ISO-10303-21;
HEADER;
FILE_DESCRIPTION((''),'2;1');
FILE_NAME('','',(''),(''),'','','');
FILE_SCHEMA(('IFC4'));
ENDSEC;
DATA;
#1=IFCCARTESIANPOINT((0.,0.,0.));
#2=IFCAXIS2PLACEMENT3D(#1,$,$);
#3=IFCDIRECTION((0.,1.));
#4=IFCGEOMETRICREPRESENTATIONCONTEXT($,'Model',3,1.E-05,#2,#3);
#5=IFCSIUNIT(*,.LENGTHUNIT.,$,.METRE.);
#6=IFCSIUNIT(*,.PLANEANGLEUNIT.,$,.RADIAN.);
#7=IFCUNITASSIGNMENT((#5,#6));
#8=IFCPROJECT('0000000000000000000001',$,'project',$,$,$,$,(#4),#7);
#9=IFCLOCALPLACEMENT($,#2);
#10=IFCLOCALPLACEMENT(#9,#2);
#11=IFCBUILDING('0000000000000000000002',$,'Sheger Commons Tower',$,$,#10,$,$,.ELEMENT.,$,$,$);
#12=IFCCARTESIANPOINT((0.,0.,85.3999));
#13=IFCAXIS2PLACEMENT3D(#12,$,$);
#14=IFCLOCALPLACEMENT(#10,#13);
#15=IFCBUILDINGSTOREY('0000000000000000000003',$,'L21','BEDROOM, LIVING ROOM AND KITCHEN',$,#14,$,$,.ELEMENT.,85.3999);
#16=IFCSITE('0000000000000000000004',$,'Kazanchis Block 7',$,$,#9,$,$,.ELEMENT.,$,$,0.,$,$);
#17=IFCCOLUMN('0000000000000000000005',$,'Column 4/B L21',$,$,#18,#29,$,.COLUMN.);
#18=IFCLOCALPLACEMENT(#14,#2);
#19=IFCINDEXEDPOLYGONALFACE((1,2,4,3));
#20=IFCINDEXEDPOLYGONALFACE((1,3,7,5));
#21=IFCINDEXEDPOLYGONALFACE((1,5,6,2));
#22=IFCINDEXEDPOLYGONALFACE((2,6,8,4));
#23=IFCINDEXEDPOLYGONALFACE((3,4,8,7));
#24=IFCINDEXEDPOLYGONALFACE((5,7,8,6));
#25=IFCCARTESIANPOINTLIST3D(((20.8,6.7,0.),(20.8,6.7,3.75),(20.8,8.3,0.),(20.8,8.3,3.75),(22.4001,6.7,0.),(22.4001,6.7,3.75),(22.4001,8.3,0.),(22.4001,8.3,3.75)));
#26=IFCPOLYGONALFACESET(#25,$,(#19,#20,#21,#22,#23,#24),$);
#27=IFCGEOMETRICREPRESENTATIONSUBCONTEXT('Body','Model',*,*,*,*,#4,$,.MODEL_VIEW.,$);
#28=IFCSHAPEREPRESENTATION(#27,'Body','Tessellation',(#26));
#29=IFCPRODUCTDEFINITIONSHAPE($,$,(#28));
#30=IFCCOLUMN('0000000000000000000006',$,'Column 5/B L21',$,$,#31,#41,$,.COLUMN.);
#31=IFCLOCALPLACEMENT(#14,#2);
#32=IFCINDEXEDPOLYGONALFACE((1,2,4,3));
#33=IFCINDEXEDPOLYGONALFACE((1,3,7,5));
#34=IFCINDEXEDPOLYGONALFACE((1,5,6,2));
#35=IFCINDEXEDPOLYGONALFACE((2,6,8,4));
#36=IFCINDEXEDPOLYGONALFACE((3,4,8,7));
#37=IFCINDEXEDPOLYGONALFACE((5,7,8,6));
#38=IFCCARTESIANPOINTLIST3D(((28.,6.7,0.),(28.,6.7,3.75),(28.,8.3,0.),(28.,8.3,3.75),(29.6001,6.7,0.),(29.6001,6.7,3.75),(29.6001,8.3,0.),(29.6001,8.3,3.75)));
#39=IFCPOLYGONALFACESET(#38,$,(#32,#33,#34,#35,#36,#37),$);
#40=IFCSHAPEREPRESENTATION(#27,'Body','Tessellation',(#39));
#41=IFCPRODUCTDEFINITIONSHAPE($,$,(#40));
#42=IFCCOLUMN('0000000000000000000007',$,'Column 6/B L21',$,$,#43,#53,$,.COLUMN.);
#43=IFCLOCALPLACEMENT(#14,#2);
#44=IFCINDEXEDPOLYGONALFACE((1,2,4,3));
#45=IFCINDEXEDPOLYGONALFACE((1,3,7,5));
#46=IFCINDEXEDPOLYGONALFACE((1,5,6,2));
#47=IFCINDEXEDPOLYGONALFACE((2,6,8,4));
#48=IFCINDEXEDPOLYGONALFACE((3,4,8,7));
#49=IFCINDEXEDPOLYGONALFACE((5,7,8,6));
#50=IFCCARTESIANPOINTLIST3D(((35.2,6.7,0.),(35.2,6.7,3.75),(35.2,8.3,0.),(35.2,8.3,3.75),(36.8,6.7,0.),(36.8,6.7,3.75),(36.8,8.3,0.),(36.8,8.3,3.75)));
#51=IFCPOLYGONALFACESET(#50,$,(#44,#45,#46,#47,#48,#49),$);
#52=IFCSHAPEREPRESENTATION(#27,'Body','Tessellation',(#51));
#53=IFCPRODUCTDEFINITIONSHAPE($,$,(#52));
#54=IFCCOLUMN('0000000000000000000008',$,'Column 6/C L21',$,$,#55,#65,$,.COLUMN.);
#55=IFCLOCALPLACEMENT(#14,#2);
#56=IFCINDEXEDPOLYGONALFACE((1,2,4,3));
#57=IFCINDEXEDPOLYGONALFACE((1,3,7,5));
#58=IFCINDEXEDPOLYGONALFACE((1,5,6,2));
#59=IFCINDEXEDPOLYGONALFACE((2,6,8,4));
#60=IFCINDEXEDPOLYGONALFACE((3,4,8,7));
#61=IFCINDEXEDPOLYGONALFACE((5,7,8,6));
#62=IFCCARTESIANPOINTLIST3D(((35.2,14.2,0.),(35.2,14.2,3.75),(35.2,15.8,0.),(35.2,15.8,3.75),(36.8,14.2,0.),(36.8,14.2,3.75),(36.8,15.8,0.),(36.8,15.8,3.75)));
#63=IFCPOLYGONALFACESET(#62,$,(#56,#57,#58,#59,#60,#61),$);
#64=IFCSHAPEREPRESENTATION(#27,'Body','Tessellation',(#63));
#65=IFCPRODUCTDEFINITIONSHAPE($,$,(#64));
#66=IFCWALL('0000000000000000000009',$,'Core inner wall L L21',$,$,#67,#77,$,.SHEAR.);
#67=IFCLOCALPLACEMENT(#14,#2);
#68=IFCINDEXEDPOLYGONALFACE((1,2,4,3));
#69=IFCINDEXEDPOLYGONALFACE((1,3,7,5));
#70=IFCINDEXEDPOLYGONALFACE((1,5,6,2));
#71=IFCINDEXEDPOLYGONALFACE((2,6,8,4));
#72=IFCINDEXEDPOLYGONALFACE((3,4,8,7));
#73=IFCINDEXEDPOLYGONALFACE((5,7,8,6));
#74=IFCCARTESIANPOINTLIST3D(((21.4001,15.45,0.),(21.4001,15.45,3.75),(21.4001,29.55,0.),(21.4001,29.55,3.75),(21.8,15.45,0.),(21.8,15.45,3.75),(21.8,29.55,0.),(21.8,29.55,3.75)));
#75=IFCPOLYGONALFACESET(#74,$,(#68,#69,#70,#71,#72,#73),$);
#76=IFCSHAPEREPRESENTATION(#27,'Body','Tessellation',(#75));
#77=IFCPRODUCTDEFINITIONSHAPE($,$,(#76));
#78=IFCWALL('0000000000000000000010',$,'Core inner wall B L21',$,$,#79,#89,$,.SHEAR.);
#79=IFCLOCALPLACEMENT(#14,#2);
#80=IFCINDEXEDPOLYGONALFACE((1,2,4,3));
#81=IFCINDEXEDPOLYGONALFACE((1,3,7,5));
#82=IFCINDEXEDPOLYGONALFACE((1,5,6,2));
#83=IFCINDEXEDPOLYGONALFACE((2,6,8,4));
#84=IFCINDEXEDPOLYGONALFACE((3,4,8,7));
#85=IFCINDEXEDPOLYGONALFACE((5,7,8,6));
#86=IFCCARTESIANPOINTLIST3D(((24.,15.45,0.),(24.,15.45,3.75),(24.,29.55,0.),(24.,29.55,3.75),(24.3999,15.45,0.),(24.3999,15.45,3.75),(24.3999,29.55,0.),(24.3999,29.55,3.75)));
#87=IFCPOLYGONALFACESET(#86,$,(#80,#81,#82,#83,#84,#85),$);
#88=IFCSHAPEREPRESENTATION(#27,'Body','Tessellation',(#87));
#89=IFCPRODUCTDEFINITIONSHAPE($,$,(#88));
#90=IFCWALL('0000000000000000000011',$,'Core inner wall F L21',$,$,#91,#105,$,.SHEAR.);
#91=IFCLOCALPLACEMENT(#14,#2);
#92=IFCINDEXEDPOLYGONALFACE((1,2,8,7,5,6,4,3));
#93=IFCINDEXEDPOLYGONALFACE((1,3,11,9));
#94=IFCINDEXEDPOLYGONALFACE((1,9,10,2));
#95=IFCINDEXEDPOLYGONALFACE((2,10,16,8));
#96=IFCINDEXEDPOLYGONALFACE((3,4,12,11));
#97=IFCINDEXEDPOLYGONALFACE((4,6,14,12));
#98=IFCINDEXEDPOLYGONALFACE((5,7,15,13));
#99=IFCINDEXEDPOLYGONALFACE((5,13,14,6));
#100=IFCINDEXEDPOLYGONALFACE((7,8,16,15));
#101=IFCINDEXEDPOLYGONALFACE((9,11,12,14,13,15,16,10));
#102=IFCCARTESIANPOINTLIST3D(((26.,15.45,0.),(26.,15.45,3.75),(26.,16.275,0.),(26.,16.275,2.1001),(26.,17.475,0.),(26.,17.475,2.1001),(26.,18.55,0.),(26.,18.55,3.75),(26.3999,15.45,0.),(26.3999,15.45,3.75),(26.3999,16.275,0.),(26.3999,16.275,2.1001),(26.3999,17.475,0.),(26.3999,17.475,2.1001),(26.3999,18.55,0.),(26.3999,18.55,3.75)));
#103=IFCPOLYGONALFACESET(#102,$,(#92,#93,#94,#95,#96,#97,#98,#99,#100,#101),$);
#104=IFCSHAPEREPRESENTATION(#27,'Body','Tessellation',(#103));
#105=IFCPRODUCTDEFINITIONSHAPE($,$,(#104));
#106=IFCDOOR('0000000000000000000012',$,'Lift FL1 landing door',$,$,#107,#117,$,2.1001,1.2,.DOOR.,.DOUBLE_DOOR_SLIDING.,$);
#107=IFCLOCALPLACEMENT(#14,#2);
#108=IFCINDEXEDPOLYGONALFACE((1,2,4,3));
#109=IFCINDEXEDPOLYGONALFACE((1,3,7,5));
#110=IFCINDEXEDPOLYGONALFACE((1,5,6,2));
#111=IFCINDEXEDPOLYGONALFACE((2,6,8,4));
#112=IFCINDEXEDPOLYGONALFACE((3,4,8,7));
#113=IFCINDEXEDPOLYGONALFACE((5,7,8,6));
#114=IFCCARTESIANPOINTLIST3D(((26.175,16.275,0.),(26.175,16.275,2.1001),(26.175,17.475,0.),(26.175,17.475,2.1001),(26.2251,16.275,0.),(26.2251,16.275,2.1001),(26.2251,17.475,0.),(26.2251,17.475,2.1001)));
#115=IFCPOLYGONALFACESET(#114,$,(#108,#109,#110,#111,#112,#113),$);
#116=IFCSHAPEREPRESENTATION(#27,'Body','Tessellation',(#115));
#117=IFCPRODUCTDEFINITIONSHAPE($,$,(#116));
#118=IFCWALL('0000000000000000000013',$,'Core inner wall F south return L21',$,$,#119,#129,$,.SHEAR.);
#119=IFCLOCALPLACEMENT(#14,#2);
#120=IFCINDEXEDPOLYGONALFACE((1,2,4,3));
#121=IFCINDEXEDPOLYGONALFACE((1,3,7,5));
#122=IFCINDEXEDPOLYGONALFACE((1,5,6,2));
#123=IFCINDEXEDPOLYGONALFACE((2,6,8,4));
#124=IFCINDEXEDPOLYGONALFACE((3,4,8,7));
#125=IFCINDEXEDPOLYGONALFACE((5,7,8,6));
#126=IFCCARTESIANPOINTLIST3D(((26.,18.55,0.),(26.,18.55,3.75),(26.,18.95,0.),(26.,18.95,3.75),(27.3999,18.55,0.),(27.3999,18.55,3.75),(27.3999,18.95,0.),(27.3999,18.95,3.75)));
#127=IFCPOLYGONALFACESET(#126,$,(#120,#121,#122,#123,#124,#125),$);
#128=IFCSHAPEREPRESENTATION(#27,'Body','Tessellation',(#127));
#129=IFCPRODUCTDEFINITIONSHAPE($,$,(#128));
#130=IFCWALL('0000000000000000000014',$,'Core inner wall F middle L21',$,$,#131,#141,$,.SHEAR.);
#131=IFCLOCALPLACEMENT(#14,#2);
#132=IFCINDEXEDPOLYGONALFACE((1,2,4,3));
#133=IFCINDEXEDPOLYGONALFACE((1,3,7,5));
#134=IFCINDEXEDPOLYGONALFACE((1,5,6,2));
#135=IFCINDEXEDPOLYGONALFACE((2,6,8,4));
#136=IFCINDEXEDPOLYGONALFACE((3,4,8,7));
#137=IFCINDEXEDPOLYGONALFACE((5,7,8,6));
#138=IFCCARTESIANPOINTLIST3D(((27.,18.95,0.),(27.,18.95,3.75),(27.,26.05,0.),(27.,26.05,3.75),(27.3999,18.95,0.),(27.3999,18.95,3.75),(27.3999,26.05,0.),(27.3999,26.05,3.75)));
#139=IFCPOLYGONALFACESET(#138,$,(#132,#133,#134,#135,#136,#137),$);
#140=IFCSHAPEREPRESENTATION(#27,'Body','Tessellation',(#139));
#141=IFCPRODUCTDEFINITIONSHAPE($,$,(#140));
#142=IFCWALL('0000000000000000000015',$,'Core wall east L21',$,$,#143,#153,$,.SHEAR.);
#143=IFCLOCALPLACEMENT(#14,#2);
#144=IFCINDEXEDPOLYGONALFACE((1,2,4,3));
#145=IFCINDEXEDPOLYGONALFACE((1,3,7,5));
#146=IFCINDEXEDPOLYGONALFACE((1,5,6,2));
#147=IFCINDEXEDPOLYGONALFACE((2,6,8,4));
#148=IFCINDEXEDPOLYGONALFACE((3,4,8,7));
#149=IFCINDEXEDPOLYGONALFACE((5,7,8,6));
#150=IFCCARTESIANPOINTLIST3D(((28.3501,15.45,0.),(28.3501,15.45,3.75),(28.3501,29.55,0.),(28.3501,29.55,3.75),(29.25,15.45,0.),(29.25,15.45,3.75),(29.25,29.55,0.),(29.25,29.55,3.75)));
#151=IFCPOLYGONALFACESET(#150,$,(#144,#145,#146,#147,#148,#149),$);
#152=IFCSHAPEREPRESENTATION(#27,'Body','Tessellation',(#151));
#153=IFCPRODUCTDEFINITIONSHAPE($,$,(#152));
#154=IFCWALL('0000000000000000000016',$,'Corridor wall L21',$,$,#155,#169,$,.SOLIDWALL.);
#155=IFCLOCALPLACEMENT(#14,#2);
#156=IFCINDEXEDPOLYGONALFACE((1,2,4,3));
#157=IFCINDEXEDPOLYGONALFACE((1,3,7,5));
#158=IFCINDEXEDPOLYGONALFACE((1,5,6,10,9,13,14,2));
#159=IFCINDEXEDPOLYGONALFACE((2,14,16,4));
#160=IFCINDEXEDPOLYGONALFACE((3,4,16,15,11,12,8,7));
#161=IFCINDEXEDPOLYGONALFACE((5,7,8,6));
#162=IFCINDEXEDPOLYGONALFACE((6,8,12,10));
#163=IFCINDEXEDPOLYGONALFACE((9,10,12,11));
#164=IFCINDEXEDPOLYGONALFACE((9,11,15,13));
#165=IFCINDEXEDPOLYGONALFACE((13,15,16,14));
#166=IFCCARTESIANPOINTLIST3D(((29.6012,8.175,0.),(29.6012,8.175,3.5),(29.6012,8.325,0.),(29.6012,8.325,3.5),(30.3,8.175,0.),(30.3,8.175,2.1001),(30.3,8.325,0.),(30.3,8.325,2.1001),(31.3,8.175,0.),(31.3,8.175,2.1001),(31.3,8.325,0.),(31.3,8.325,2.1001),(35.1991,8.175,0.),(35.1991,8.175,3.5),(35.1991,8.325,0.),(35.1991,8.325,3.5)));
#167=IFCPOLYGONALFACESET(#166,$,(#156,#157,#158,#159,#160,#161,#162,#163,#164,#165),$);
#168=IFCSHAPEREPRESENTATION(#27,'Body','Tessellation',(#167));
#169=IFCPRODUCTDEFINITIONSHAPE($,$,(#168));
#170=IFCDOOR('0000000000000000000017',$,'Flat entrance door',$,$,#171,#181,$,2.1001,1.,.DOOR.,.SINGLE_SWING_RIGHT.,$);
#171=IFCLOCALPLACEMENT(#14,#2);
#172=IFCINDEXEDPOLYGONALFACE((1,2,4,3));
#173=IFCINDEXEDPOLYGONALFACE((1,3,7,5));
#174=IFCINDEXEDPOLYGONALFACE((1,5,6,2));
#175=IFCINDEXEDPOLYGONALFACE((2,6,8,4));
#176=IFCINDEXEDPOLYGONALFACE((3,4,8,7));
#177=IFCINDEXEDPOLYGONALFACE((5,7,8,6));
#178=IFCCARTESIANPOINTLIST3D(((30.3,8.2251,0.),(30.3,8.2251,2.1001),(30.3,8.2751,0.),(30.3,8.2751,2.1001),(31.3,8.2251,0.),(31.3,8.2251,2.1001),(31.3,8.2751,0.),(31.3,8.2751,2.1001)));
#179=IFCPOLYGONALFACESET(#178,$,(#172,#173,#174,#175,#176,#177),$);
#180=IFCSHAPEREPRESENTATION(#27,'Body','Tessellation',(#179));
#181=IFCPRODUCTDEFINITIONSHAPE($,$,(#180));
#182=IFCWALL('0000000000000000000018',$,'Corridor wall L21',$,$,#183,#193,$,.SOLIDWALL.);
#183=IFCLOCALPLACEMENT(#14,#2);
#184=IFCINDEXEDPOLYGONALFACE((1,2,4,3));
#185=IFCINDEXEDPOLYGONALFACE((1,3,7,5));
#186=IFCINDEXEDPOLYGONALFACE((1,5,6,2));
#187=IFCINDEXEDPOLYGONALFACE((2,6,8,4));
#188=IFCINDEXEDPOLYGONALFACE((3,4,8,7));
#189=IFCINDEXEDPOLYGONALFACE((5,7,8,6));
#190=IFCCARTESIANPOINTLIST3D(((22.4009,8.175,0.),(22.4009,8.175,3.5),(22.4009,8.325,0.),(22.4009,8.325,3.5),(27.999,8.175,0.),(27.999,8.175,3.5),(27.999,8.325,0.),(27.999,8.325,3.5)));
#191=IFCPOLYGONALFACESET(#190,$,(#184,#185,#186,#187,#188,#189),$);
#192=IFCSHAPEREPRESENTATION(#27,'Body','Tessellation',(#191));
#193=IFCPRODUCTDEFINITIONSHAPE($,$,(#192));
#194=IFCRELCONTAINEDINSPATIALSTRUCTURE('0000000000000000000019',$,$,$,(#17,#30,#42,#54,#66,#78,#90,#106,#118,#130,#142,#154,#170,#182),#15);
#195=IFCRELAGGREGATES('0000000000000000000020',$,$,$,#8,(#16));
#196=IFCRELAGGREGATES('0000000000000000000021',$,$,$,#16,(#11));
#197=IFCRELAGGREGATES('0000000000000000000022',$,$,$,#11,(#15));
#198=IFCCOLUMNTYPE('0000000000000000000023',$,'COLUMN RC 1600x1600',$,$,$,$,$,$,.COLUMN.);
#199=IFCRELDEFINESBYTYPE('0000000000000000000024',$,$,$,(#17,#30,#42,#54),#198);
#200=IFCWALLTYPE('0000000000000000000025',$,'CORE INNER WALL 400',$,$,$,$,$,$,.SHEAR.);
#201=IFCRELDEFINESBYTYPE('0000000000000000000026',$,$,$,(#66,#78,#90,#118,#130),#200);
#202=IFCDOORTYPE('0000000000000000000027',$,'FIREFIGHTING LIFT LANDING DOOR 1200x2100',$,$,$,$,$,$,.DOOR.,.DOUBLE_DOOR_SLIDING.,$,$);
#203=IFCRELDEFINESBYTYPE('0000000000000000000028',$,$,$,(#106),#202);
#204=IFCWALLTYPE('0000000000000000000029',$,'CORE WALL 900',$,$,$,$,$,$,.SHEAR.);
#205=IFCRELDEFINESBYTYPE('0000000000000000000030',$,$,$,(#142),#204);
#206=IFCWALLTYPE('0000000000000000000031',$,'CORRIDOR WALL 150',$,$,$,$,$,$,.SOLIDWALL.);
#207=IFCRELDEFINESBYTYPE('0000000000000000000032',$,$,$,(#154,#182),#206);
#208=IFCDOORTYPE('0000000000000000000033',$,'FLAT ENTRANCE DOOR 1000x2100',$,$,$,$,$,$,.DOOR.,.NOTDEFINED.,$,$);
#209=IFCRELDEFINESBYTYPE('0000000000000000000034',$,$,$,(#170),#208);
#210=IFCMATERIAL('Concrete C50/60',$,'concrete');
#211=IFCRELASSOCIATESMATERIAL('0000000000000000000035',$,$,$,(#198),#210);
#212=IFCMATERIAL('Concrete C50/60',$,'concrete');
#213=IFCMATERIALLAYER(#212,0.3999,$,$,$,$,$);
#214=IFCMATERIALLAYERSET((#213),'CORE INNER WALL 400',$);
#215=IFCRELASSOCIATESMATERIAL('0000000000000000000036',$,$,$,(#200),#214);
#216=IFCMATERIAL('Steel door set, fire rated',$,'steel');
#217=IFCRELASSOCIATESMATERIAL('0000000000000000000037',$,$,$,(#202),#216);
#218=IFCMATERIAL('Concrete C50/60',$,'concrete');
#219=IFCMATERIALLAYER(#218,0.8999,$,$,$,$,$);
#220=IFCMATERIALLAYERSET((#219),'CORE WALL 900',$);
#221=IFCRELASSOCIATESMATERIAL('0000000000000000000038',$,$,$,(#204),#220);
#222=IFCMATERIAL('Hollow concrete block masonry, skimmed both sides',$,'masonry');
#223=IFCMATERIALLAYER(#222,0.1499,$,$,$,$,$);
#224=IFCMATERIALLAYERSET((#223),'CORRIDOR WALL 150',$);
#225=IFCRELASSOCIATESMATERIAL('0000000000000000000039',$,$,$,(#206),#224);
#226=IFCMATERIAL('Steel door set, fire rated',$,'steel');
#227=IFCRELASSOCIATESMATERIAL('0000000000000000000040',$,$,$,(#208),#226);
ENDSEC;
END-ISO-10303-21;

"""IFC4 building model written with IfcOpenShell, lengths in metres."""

from ifc_helpers import new_model, si_unit, direction, frame, frame_2d, origin, origin_2d, place, context, subcontext, project, spatial, rectangle, extrude, material, layer, layer_set, material_profile, profile_set, type_object, element, fill, save


model = new_model("IFC4")

# Units and contexts
model_context = context("Model", 3, precision=1e-05, world=origin(), true_north=direction((0.0, 1.0)))
body_context = subcontext(model_context, "Body", "Model", "MODEL_VIEW")
ifc_project = project(units=[si_unit("LENGTHUNIT", "METRE"), si_unit("PLANEANGLEUNIT", "RADIAN")], contexts=[model_context])

# Site, building, storey
site_placement = place(None, origin())
site = spatial("IfcSite", under=ifc_project, at=site_placement, Name="Kazanchis Block 7", CompositionType="ELEMENT", RefElevation=0.0)
building_placement = place(site_placement, origin())
building = spatial("IfcBuilding", under=site, at=building_placement, Name="Sheger Commons Tower", CompositionType="ELEMENT")
storey_placement = place(building_placement, frame((0.0, 0.0, 85.3999)))
storey = spatial("IfcBuildingStorey", under=building, at=storey_placement, Name="L21", Description="BEDROOM, LIVING ROOM AND KITCHEN", CompositionType="ELEMENT", Elevation=85.3999)

# Columns
ifc_material_1 = material(Name="Concrete C50/60", Category="concrete")
ifc_material_profile = material_profile(ifc_material_1, rectangle(XDim=1.6001, YDim=1.6001, at=origin_2d()), Name="RC 1600x1600")
ifc_profile_set = profile_set([ifc_material_profile], Name="Concrete C50/60")
column_type = type_object("IfcColumnType", Name="COLUMN RC 1600x1600", PredefinedType="COLUMN", material=ifc_profile_set)
for number, where, z_axis, x_axis, name in (
    (1, (21.6001, 7.5, 0.0), (0.0, 0.0, 1.0), (1.0, 0.0, 0.0), "Column 4/B L21"),
    (2, (28.8, 7.5, 0.0), (0.0, 0.0, 1.0), (1.0, 0.0, 0.0), "Column 5/B L21"),
    (3, (36.0, 7.5, 0.0), (0.0, 0.0, 1.0), (1.0, 0.0, 0.0), "Column 6/B L21"),
    (4, (36.0, 15.0, 0.0), (0.0, 0.0, 1.0), (1.0, 0.0, 0.0), "Column 6/C L21"),
):
    element("IfcColumn", number, at=place(storey_placement, frame(where, z_axis=z_axis, x_axis=x_axis)), inside=storey, type_object=column_type, Name=name, PredefinedType="COLUMN", context=body_context, shape_type="SweptSolid", body=[
        extrude(rectangle(XDim=1.6001, YDim=1.6001, at=origin_2d()), origin(), (0.0, 0.0, 1.0), 3.75),
    ])

# Walls
ifc_material_2 = material(Name="Concrete C50/60", Category="concrete")
ifc_layer_1 = layer(ifc_material_2, 0.3999)
ifc_layer_set_1 = layer_set([ifc_layer_1], Name="CORE INNER WALL 400")
wall_type_1 = type_object("IfcWallType", Name="CORE INNER WALL 400", PredefinedType="SHEAR", material=ifc_layer_set_1)
for number, where, z_axis, x_axis, name in (
    (5, (21.6001, 15.45, 0.0), (0.0, 0.0, 1.0), (0.0, 1.0, 0.0), "Core inner wall L L21"),
    (6, (24.2, 15.45, 0.0), (0.0, 0.0, 1.0), (0.0, 1.0, 0.0), "Core inner wall B L21"),
):
    element("IfcWall", number, at=place(storey_placement, frame(where, z_axis=z_axis, x_axis=x_axis)), inside=storey, type_object=wall_type_1, Name=name, PredefinedType="SHEAR", context=body_context, shape_type="SweptSolid", body=[
        extrude(rectangle(XDim=14.1001, YDim=0.3999, at=frame_2d((7.05, 0.0))), origin(), (0.0, 0.0, 1.0), 3.75),
    ])

# Wall, opening, door
wall_1_placement = place(storey_placement, frame((26.2, 15.45, 0.0), z_axis=(0.0, 0.0, 1.0), x_axis=(0.0, 1.0, 0.0)))
wall_1 = element("IfcWall", 7, at=wall_1_placement, inside=storey, type_object=wall_type_1, Name="Core inner wall F L21", PredefinedType="SHEAR", context=body_context, shape_type="SweptSolid", body=[
    extrude(rectangle(XDim=3.1001, YDim=0.3999, at=frame_2d((1.55, 0.0))), origin(), (0.0, 0.0, 1.0), 3.75),
])
opening_1_placement = place(wall_1_placement, frame((0.825, 0.0, 0.0)))
opening_1 = element("IfcOpeningElement", 8, at=opening_1_placement, cuts=wall_1, PredefinedType="OPENING", context=body_context, shape_type="SweptSolid", body=[
    extrude(rectangle(XDim=1.2, YDim=2.1001, at=frame_2d((0.6001, 1.05))), frame((0.0, 0.21, 0.0), z_axis=(0.0, -1.0, 0.0), x_axis=(1.0, 0.0, 0.0)), (0.0, 0.0, 1.0), 0.4199),
])
ifc_material_3 = material(Name="Steel door set, fire rated", Category="steel")
door_type_1 = type_object("IfcDoorType", Name="FIREFIGHTING LIFT LANDING DOOR 1200x2100", OperationType="DOUBLE_DOOR_SLIDING", PredefinedType="DOOR", material=ifc_material_3)
door_1_placement = place(opening_1_placement, origin())
door_1 = element("IfcDoor", 9, at=door_1_placement, inside=storey, type_object=door_type_1, Name="Lift FL1 landing door", OperationType="DOUBLE_DOOR_SLIDING", OverallHeight=2.1001, OverallWidth=1.2, PredefinedType="DOOR", context=body_context, shape_type="SweptSolid", body=[
    extrude(rectangle(XDim=1.2, YDim=2.1001, at=frame_2d((0.6001, 1.05))), frame((0.0, 0.0249, 0.0), z_axis=(0.0, -1.0, 0.0), x_axis=(1.0, 0.0, 0.0)), (0.0, 0.0, 1.0), 0.05),
])
fill(opening_1, door_1)

# Walls
wall_2_placement = place(storey_placement, frame((26.0, 18.75, 0.0), z_axis=(0.0, 0.0, 1.0), x_axis=(1.0, 0.0, 0.0)))
element("IfcWall", 10, at=wall_2_placement, inside=storey, type_object=wall_type_1, Name="Core inner wall F south return L21", PredefinedType="SHEAR", context=body_context, shape_type="SweptSolid", body=[
    extrude(rectangle(XDim=1.3999, YDim=0.3999, at=frame_2d((0.7, 0.0))), origin(), (0.0, 0.0, 1.0), 3.75),
])
wall_3_placement = place(storey_placement, frame((27.2, 18.95, 0.0), z_axis=(0.0, 0.0, 1.0), x_axis=(0.0, 1.0, 0.0)))
element("IfcWall", 11, at=wall_3_placement, inside=storey, type_object=wall_type_1, Name="Core inner wall F middle L21", PredefinedType="SHEAR", context=body_context, shape_type="SweptSolid", body=[
    extrude(rectangle(XDim=7.1001, YDim=0.3999, at=frame_2d((3.55, 0.0))), origin(), (0.0, 0.0, 1.0), 3.75),
])
ifc_material_4 = material(Name="Concrete C50/60", Category="concrete")
ifc_layer_2 = layer(ifc_material_4, 0.8999)
ifc_layer_set_2 = layer_set([ifc_layer_2], Name="CORE WALL 900")
wall_type_2 = type_object("IfcWallType", Name="CORE WALL 900", PredefinedType="SHEAR", material=ifc_layer_set_2)
wall_4_placement = place(storey_placement, frame((28.8, 15.45, 0.0), z_axis=(0.0, 0.0, 1.0), x_axis=(0.0, 1.0, 0.0)))
element("IfcWall", 12, at=wall_4_placement, inside=storey, type_object=wall_type_2, Name="Core wall east L21", PredefinedType="SHEAR", context=body_context, shape_type="SweptSolid", body=[
    extrude(rectangle(XDim=14.1001, YDim=0.8999, at=frame_2d((7.05, 0.0))), origin(), (0.0, 0.0, 1.0), 3.75),
])

# Wall, opening, door
ifc_material_5 = material(Name="Hollow concrete block masonry, skimmed both sides", Category="masonry")
ifc_layer_3 = layer(ifc_material_5, 0.1499)
ifc_layer_set_3 = layer_set([ifc_layer_3], Name="CORRIDOR WALL 150")
wall_type_3 = type_object("IfcWallType", Name="CORRIDOR WALL 150", PredefinedType="SOLIDWALL", material=ifc_layer_set_3)
wall_5_placement = place(storey_placement, frame((35.199, 8.25, 0.0), z_axis=(0.0, 0.0, 1.0), x_axis=(-1.0, 0.0, 0.0)))
wall_5 = element("IfcWall", 13, at=wall_5_placement, inside=storey, type_object=wall_type_3, Name="Corridor wall L21", PredefinedType="SOLIDWALL", context=body_context, shape_type="SweptSolid", body=[
    extrude(rectangle(XDim=5.5979, YDim=0.1499, at=frame_2d((2.7988, 0.0))), origin(), (0.0, 0.0, 1.0), 3.5),
])
opening_2_placement = place(wall_5_placement, frame((3.8989, 0.0, 0.0)))
opening_2 = element("IfcOpeningElement", 14, at=opening_2_placement, cuts=wall_5, PredefinedType="OPENING", context=body_context, shape_type="SweptSolid", body=[
    extrude(rectangle(XDim=1.0, YDim=2.1001, at=frame_2d((0.5, 1.05))), frame((0.0, 0.085, 0.0), z_axis=(0.0, -1.0, 0.0), x_axis=(1.0, 0.0, 0.0)), (0.0, 0.0, 1.0), 0.1699),
])
ifc_material_6 = material(Name="Steel door set, fire rated", Category="steel")
door_type_2 = type_object("IfcDoorType", Name="FLAT ENTRANCE DOOR 1000x2100", OperationType="NOTDEFINED", PredefinedType="DOOR", material=ifc_material_6)
door_2_placement = place(opening_2_placement, origin())
door_2 = element("IfcDoor", 15, at=door_2_placement, inside=storey, type_object=door_type_2, Name="Flat entrance door", OperationType="SINGLE_SWING_RIGHT", OverallHeight=2.1001, OverallWidth=1.0, PredefinedType="DOOR", context=body_context, shape_type="SweptSolid", body=[
    extrude(rectangle(XDim=1.0, YDim=2.1001, at=frame_2d((0.5, 1.05))), frame((0.0, 0.0249, 0.0), z_axis=(0.0, -1.0, 0.0), x_axis=(1.0, 0.0, 0.0)), (0.0, 0.0, 1.0), 0.05),
])
fill(opening_2, door_2)

# Wall
wall_6_placement = place(storey_placement, frame((27.999, 8.25, 0.0), z_axis=(0.0, 0.0, 1.0), x_axis=(-1.0, 0.0, 0.0)))
element("IfcWall", 16, at=wall_6_placement, inside=storey, type_object=wall_type_3, Name="Corridor wall L21", PredefinedType="SOLIDWALL", context=body_context, shape_type="SweptSolid", body=[
    extrude(rectangle(XDim=5.5981, YDim=0.1499, at=frame_2d((2.7991, 0.0))), origin(), (0.0, 0.0, 1.0), 3.5),
])

save(model, "model.ifc")
